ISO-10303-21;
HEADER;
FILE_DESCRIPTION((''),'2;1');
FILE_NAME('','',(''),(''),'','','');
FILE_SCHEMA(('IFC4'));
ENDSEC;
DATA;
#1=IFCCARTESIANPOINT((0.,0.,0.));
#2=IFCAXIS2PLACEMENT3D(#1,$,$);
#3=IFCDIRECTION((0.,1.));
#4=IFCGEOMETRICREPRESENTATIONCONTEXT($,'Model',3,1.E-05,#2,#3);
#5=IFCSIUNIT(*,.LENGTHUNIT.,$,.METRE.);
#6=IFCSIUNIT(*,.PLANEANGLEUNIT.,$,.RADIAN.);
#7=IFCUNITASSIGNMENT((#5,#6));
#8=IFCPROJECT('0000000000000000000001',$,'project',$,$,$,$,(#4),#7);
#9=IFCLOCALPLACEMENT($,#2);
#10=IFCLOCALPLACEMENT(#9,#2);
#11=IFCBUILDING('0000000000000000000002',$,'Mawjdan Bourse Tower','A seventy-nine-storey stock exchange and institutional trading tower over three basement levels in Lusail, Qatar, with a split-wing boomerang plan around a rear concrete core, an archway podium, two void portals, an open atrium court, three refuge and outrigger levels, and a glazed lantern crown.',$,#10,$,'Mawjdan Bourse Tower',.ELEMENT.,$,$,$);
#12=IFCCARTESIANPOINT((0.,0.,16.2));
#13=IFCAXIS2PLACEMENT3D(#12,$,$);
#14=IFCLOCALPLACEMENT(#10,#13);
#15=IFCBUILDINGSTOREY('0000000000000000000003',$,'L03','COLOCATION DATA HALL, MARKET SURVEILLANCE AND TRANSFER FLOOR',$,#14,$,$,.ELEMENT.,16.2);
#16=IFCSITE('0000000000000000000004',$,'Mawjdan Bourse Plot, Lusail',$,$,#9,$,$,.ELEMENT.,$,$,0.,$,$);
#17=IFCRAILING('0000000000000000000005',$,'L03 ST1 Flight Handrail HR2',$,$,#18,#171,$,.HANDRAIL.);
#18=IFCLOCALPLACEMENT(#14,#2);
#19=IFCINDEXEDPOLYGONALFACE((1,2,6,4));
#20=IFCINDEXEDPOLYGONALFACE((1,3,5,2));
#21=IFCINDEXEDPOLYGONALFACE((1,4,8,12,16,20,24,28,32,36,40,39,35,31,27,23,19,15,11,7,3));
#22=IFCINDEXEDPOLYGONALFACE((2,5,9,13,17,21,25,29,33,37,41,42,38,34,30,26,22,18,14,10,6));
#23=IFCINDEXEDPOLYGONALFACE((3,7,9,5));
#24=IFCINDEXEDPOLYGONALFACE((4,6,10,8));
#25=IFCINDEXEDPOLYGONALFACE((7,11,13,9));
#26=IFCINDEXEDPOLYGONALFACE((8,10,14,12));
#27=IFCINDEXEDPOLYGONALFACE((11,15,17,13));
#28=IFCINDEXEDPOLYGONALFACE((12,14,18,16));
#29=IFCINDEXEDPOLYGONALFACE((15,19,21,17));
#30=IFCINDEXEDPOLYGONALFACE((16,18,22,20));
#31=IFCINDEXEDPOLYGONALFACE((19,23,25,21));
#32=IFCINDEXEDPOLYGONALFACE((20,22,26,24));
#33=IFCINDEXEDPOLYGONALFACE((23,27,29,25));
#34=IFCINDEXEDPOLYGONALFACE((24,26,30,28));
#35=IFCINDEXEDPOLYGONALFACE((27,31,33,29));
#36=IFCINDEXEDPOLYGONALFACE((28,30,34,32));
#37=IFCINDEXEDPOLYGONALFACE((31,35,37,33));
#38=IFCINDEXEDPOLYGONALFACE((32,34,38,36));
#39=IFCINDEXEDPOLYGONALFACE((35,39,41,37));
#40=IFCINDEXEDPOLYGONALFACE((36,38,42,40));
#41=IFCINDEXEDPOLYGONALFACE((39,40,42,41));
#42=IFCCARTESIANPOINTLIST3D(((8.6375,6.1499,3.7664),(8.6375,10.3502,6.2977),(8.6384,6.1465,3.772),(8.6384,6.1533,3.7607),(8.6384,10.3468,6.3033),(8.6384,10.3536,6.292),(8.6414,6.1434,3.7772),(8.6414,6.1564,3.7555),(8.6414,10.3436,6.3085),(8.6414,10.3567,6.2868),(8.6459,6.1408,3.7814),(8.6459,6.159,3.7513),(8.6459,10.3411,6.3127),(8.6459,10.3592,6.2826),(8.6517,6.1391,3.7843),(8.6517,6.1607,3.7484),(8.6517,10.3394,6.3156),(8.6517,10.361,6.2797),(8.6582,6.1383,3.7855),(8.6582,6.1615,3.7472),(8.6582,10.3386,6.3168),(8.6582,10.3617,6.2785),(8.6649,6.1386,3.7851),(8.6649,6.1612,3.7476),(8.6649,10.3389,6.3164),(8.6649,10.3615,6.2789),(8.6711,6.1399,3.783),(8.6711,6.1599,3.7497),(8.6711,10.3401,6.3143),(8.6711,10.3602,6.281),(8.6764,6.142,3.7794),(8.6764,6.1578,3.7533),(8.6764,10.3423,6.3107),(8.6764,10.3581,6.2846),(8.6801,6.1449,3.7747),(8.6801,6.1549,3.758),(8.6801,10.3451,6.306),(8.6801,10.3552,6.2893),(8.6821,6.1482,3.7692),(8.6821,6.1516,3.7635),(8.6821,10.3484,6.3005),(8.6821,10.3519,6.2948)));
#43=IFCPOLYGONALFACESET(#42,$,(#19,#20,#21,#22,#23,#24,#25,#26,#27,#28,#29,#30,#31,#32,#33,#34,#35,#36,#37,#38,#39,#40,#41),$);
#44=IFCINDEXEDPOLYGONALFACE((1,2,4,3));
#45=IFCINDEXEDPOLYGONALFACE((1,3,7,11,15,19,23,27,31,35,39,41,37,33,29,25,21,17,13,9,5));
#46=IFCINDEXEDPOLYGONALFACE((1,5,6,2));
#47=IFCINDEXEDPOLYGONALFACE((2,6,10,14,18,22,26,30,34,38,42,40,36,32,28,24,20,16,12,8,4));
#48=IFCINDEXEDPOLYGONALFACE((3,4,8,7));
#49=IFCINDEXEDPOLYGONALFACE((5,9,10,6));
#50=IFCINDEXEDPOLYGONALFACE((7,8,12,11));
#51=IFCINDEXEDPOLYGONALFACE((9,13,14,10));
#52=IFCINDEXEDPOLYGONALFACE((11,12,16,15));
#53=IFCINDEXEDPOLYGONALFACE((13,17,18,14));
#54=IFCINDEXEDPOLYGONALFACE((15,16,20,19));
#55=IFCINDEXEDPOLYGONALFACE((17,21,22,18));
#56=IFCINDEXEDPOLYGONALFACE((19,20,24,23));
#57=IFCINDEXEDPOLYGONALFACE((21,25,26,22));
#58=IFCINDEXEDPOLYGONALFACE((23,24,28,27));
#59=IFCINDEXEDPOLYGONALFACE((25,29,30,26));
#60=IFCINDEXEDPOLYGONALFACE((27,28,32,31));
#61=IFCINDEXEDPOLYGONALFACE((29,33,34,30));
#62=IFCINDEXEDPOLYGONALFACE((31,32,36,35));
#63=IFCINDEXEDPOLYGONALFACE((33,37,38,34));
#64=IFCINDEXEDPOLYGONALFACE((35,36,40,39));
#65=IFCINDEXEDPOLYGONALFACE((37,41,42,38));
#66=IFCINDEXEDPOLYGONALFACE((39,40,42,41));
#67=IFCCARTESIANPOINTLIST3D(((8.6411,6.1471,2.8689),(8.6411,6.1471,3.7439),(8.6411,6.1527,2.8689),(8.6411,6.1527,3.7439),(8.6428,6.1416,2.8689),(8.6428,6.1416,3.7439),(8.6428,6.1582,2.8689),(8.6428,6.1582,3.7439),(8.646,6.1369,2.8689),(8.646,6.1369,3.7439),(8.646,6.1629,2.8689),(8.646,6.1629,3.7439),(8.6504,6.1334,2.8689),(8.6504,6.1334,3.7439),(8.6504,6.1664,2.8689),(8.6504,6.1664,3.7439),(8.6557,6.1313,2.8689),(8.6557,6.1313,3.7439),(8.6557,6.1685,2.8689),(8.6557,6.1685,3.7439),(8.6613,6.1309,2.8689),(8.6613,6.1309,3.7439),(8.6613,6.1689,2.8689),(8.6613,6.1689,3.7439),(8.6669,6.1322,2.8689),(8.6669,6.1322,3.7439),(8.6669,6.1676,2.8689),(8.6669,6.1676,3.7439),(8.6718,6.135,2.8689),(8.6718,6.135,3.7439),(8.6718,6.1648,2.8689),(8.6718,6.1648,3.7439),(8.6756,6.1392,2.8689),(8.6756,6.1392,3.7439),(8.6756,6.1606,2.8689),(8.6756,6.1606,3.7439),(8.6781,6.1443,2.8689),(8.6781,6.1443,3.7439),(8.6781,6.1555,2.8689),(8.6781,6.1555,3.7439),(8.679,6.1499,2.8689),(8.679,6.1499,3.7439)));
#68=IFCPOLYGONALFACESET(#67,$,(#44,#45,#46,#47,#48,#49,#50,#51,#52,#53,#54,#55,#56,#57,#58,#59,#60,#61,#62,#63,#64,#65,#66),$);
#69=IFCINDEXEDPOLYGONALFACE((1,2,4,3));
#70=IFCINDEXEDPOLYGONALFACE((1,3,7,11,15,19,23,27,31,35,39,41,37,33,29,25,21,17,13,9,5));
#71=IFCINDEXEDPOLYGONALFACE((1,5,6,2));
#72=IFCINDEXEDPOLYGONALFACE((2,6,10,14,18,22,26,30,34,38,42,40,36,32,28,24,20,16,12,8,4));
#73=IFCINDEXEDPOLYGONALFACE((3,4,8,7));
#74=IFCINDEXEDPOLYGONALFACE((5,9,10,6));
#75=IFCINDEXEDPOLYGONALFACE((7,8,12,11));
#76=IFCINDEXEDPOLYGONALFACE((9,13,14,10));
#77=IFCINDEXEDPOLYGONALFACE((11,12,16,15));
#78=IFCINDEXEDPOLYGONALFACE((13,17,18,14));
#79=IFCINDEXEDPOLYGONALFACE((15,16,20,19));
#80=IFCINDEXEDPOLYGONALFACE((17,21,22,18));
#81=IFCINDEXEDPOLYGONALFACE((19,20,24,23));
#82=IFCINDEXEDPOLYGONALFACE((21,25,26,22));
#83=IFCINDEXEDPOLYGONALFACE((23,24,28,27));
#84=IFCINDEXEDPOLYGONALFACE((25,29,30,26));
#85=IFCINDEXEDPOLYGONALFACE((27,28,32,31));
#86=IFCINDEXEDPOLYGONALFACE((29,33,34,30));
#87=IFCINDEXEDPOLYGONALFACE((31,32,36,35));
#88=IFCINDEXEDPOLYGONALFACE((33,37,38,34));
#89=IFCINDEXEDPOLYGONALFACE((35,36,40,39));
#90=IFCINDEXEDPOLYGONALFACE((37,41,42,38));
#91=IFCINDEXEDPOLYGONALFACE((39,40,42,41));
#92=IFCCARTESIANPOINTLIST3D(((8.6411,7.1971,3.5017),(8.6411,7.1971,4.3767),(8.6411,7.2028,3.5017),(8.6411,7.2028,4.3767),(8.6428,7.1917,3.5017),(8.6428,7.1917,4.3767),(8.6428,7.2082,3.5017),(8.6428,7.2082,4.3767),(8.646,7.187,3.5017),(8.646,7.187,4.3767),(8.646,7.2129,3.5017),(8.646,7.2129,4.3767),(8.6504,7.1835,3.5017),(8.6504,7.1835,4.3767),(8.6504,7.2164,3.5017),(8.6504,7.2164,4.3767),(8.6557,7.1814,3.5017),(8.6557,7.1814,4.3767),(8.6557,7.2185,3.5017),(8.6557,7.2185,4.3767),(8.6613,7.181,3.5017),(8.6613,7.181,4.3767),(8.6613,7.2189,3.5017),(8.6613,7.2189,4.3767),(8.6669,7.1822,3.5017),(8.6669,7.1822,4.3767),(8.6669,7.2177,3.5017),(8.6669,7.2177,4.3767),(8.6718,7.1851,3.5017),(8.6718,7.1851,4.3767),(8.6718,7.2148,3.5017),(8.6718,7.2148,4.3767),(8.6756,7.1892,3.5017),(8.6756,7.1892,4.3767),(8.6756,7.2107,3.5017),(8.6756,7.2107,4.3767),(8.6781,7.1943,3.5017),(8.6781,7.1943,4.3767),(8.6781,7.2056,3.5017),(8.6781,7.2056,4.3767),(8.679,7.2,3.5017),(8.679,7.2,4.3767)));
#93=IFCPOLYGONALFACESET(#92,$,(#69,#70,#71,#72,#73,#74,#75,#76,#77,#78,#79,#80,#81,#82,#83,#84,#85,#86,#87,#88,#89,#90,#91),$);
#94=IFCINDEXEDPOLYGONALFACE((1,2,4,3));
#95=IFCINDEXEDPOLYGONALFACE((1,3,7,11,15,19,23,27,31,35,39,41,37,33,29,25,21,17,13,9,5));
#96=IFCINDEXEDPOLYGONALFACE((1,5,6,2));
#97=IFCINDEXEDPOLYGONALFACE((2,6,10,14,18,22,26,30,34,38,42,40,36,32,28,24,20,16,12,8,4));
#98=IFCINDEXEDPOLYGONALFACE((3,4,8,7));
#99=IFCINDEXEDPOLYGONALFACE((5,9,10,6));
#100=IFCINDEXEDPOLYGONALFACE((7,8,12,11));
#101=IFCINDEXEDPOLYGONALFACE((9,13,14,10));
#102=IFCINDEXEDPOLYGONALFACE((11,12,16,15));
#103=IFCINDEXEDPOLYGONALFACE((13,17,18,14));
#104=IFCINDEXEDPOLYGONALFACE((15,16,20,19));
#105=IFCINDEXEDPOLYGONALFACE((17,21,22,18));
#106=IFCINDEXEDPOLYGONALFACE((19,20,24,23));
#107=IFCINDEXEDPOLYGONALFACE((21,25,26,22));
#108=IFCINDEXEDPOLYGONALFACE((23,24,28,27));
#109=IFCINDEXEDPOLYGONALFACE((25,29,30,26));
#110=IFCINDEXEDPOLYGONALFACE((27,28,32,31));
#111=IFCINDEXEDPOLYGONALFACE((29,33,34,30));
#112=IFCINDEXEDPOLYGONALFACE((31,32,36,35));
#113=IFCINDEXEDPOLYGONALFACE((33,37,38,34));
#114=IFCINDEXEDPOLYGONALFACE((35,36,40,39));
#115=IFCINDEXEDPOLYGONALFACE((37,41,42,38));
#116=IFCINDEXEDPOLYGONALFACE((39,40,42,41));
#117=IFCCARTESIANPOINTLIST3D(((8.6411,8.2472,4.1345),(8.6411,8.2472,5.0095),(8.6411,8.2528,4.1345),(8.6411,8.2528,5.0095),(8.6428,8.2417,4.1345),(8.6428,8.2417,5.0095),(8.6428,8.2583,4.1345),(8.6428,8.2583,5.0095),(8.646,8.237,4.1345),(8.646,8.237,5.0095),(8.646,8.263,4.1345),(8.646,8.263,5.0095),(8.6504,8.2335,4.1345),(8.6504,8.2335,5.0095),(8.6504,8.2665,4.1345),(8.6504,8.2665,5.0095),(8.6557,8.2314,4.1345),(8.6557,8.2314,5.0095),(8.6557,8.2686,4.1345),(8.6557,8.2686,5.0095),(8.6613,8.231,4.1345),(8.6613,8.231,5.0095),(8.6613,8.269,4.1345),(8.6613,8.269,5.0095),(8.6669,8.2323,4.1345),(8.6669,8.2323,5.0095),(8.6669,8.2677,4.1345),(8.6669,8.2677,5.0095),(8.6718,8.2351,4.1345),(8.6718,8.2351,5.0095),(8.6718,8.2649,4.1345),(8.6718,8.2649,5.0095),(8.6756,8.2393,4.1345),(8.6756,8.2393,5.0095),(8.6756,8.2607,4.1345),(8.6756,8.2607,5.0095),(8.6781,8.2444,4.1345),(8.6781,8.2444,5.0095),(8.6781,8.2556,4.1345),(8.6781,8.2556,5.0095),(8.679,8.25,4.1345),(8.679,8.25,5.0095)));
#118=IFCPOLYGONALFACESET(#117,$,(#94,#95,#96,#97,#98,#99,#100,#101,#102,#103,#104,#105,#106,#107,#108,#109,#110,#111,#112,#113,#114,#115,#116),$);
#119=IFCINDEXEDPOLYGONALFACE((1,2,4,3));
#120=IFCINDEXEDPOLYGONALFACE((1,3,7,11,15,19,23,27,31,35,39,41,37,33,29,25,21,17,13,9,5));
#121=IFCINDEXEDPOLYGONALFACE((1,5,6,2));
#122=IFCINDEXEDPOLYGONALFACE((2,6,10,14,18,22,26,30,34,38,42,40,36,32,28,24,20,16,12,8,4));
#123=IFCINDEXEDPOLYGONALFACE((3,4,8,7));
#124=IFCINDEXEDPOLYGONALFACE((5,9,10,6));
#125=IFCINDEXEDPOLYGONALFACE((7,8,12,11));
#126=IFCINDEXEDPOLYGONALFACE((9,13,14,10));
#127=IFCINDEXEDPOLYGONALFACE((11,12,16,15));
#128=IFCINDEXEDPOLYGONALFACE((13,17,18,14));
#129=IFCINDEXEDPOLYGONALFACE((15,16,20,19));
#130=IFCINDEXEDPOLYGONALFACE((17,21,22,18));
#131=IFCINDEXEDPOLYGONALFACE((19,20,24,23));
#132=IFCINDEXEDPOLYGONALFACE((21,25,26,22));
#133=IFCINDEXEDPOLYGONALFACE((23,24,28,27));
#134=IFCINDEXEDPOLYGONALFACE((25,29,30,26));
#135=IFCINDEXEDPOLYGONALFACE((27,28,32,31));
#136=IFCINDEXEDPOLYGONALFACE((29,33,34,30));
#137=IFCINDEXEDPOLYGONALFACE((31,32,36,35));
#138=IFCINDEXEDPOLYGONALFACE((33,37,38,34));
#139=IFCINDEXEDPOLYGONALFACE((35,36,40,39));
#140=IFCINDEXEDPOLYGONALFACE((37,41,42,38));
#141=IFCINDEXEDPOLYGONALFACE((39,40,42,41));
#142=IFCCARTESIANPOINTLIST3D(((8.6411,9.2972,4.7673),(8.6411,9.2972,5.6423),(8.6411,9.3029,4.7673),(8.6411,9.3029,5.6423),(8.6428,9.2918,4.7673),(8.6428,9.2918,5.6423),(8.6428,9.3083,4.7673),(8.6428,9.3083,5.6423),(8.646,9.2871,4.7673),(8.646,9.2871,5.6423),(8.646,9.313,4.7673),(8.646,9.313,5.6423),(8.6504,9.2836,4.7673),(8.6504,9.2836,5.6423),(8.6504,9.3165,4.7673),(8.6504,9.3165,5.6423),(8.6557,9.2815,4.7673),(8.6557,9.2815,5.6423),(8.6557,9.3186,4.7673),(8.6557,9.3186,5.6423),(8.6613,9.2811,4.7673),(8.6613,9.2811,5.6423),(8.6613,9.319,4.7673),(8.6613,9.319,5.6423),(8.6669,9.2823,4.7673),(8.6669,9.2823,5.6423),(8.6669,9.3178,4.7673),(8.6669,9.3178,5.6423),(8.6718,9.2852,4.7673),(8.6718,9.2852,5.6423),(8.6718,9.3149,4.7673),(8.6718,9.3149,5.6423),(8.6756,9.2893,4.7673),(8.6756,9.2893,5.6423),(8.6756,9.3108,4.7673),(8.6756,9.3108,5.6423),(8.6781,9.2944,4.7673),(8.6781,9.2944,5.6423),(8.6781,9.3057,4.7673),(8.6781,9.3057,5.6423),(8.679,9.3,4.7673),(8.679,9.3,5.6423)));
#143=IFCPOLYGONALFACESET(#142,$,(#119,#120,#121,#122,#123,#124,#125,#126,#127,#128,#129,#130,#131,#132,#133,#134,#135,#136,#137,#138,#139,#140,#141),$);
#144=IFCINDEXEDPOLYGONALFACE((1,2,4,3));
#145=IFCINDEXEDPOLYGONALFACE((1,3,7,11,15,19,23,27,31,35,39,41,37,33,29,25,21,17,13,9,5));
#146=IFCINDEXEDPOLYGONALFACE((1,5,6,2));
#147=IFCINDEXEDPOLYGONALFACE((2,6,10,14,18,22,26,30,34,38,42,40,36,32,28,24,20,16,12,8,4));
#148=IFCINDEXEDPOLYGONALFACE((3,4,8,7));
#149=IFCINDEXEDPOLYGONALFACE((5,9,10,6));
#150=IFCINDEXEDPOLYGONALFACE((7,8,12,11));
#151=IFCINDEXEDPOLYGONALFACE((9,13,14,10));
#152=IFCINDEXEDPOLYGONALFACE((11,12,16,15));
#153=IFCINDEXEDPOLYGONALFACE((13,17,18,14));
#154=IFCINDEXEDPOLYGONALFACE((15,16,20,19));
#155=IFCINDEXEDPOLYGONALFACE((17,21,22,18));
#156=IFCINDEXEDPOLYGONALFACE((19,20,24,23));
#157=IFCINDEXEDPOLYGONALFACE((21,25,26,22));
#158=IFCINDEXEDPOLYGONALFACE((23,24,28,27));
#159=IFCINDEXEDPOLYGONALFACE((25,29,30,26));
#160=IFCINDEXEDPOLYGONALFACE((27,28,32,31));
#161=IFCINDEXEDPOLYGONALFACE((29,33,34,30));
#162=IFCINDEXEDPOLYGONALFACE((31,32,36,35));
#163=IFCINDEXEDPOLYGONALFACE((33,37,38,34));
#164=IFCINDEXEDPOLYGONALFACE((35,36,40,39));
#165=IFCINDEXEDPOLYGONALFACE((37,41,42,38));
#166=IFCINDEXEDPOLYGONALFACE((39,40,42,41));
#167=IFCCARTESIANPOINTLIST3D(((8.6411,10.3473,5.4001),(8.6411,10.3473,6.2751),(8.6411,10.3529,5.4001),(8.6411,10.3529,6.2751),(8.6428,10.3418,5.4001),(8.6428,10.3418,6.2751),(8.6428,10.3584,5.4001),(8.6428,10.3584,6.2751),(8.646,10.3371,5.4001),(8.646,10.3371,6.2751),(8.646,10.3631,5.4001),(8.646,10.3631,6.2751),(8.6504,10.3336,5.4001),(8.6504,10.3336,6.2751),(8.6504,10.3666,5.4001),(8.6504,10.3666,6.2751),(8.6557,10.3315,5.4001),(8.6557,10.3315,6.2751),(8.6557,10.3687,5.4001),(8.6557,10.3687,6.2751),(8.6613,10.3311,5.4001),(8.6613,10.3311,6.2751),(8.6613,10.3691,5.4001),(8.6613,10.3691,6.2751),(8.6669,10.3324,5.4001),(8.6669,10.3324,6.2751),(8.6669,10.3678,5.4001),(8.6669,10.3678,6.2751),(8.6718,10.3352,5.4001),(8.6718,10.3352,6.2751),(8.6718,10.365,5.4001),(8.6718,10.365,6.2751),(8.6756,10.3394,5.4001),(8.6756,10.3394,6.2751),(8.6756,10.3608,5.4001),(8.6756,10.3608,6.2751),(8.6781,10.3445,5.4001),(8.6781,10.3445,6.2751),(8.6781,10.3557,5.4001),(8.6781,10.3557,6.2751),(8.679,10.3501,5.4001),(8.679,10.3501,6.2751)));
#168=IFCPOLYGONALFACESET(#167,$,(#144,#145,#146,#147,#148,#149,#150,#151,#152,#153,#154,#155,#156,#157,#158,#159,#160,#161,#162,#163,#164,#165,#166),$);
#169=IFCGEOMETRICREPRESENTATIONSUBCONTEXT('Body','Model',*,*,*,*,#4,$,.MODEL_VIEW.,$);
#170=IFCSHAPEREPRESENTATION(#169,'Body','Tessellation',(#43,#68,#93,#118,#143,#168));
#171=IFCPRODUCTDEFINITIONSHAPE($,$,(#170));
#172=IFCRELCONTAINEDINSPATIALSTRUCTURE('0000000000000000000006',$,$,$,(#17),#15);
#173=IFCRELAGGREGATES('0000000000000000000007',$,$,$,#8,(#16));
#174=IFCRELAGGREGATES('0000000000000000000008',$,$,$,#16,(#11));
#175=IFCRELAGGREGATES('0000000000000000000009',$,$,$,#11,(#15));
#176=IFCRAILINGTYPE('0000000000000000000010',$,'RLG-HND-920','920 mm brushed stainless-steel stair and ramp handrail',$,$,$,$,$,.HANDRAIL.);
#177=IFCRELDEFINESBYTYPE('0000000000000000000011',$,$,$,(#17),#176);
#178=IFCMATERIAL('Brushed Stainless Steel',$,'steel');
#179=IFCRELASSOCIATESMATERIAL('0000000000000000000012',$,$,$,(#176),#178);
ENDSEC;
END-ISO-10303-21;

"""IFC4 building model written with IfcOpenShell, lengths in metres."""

from ifc_helpers import new_model, si_unit, direction, frame, origin, origin_2d, place, context, subcontext, project, spatial, circle, extrude, material, type_object, element, save


model = new_model("IFC4")

# Units and contexts
model_context = context("Model", 3, precision=1e-05, world=origin(), true_north=direction((0.0, 1.0)))
body_context = subcontext(model_context, "Body", "Model", "MODEL_VIEW")
ifc_project = project(units=[si_unit("LENGTHUNIT", "METRE"), si_unit("PLANEANGLEUNIT", "RADIAN")], contexts=[model_context])

# Site, building, storey
site_placement = place(None, origin())
site = spatial("IfcSite", under=ifc_project, at=site_placement, Name="Mawjdan Bourse Plot, Lusail", CompositionType="ELEMENT", RefElevation=0.0)
building_placement = place(site_placement, origin())
building = spatial("IfcBuilding", under=site, at=building_placement, Name="Mawjdan Bourse Tower", Description="A seventy-nine-storey stock exchange and institutional trading tower over three basement levels in Lusail, Qatar, with a split-wing boomerang plan around a rear concrete core, an archway podium, two void portals, an open atrium court, three refuge and outrigger levels, and a glazed lantern crown.", LongName="Mawjdan Bourse Tower", CompositionType="ELEMENT")
storey_placement = place(building_placement, frame((0.0, 0.0, 16.2)))
storey = spatial("IfcBuildingStorey", under=building, at=storey_placement, Name="L03", Description="COLOCATION DATA HALL, MARKET SURVEILLANCE AND TRANSFER FLOOR", CompositionType="ELEMENT", Elevation=16.2)

# Railing
ifc_material_1 = material(Name="Brushed Stainless Steel", Category="steel")
railing_type_1 = type_object("IfcRailingType", Name="RLG-HND-920", Description="920 mm brushed stainless-steel stair and ramp handrail", PredefinedType="HANDRAIL", material=ifc_material_1)
railing_1_placement = place(storey_placement, frame((8.6599, 6.1499, 2.8689)))
element("IfcRailing", 1, at=railing_1_placement, inside=storey, type_object=railing_type_1, Name="L03 ST1 Flight Handrail HR2", PredefinedType="HANDRAIL", context=body_context, shape_type="SweptSolid", body=[
    extrude(circle(Radius=0.0225, at=origin_2d()), frame((0.0, 0.0, 0.8975), z_axis=(0.0, 0.85649, 0.516164), x_axis=(-1.0, 0.0, 0.0)), (0.0, 0.0, 1.0), 4.9041),
    extrude(circle(Radius=0.019, at=origin_2d()), origin(), (0.0, 0.0, 1.0), 0.875),
    extrude(circle(Radius=0.019, at=origin_2d()), frame((0.0, 1.05, 0.6328)), (0.0, 0.0, 1.0), 0.875),
    extrude(circle(Radius=0.019, at=origin_2d()), frame((0.0, 2.1001, 1.2656)), (0.0, 0.0, 1.0), 0.875),
    extrude(circle(Radius=0.019, at=origin_2d()), frame((0.0, 3.1501, 1.8984)), (0.0, 0.0, 1.0), 0.875),
    extrude(circle(Radius=0.019, at=origin_2d()), frame((0.0, 4.2002, 2.5312)), (0.0, 0.0, 1.0), 0.875),
])

save(model, "model.ifc")
